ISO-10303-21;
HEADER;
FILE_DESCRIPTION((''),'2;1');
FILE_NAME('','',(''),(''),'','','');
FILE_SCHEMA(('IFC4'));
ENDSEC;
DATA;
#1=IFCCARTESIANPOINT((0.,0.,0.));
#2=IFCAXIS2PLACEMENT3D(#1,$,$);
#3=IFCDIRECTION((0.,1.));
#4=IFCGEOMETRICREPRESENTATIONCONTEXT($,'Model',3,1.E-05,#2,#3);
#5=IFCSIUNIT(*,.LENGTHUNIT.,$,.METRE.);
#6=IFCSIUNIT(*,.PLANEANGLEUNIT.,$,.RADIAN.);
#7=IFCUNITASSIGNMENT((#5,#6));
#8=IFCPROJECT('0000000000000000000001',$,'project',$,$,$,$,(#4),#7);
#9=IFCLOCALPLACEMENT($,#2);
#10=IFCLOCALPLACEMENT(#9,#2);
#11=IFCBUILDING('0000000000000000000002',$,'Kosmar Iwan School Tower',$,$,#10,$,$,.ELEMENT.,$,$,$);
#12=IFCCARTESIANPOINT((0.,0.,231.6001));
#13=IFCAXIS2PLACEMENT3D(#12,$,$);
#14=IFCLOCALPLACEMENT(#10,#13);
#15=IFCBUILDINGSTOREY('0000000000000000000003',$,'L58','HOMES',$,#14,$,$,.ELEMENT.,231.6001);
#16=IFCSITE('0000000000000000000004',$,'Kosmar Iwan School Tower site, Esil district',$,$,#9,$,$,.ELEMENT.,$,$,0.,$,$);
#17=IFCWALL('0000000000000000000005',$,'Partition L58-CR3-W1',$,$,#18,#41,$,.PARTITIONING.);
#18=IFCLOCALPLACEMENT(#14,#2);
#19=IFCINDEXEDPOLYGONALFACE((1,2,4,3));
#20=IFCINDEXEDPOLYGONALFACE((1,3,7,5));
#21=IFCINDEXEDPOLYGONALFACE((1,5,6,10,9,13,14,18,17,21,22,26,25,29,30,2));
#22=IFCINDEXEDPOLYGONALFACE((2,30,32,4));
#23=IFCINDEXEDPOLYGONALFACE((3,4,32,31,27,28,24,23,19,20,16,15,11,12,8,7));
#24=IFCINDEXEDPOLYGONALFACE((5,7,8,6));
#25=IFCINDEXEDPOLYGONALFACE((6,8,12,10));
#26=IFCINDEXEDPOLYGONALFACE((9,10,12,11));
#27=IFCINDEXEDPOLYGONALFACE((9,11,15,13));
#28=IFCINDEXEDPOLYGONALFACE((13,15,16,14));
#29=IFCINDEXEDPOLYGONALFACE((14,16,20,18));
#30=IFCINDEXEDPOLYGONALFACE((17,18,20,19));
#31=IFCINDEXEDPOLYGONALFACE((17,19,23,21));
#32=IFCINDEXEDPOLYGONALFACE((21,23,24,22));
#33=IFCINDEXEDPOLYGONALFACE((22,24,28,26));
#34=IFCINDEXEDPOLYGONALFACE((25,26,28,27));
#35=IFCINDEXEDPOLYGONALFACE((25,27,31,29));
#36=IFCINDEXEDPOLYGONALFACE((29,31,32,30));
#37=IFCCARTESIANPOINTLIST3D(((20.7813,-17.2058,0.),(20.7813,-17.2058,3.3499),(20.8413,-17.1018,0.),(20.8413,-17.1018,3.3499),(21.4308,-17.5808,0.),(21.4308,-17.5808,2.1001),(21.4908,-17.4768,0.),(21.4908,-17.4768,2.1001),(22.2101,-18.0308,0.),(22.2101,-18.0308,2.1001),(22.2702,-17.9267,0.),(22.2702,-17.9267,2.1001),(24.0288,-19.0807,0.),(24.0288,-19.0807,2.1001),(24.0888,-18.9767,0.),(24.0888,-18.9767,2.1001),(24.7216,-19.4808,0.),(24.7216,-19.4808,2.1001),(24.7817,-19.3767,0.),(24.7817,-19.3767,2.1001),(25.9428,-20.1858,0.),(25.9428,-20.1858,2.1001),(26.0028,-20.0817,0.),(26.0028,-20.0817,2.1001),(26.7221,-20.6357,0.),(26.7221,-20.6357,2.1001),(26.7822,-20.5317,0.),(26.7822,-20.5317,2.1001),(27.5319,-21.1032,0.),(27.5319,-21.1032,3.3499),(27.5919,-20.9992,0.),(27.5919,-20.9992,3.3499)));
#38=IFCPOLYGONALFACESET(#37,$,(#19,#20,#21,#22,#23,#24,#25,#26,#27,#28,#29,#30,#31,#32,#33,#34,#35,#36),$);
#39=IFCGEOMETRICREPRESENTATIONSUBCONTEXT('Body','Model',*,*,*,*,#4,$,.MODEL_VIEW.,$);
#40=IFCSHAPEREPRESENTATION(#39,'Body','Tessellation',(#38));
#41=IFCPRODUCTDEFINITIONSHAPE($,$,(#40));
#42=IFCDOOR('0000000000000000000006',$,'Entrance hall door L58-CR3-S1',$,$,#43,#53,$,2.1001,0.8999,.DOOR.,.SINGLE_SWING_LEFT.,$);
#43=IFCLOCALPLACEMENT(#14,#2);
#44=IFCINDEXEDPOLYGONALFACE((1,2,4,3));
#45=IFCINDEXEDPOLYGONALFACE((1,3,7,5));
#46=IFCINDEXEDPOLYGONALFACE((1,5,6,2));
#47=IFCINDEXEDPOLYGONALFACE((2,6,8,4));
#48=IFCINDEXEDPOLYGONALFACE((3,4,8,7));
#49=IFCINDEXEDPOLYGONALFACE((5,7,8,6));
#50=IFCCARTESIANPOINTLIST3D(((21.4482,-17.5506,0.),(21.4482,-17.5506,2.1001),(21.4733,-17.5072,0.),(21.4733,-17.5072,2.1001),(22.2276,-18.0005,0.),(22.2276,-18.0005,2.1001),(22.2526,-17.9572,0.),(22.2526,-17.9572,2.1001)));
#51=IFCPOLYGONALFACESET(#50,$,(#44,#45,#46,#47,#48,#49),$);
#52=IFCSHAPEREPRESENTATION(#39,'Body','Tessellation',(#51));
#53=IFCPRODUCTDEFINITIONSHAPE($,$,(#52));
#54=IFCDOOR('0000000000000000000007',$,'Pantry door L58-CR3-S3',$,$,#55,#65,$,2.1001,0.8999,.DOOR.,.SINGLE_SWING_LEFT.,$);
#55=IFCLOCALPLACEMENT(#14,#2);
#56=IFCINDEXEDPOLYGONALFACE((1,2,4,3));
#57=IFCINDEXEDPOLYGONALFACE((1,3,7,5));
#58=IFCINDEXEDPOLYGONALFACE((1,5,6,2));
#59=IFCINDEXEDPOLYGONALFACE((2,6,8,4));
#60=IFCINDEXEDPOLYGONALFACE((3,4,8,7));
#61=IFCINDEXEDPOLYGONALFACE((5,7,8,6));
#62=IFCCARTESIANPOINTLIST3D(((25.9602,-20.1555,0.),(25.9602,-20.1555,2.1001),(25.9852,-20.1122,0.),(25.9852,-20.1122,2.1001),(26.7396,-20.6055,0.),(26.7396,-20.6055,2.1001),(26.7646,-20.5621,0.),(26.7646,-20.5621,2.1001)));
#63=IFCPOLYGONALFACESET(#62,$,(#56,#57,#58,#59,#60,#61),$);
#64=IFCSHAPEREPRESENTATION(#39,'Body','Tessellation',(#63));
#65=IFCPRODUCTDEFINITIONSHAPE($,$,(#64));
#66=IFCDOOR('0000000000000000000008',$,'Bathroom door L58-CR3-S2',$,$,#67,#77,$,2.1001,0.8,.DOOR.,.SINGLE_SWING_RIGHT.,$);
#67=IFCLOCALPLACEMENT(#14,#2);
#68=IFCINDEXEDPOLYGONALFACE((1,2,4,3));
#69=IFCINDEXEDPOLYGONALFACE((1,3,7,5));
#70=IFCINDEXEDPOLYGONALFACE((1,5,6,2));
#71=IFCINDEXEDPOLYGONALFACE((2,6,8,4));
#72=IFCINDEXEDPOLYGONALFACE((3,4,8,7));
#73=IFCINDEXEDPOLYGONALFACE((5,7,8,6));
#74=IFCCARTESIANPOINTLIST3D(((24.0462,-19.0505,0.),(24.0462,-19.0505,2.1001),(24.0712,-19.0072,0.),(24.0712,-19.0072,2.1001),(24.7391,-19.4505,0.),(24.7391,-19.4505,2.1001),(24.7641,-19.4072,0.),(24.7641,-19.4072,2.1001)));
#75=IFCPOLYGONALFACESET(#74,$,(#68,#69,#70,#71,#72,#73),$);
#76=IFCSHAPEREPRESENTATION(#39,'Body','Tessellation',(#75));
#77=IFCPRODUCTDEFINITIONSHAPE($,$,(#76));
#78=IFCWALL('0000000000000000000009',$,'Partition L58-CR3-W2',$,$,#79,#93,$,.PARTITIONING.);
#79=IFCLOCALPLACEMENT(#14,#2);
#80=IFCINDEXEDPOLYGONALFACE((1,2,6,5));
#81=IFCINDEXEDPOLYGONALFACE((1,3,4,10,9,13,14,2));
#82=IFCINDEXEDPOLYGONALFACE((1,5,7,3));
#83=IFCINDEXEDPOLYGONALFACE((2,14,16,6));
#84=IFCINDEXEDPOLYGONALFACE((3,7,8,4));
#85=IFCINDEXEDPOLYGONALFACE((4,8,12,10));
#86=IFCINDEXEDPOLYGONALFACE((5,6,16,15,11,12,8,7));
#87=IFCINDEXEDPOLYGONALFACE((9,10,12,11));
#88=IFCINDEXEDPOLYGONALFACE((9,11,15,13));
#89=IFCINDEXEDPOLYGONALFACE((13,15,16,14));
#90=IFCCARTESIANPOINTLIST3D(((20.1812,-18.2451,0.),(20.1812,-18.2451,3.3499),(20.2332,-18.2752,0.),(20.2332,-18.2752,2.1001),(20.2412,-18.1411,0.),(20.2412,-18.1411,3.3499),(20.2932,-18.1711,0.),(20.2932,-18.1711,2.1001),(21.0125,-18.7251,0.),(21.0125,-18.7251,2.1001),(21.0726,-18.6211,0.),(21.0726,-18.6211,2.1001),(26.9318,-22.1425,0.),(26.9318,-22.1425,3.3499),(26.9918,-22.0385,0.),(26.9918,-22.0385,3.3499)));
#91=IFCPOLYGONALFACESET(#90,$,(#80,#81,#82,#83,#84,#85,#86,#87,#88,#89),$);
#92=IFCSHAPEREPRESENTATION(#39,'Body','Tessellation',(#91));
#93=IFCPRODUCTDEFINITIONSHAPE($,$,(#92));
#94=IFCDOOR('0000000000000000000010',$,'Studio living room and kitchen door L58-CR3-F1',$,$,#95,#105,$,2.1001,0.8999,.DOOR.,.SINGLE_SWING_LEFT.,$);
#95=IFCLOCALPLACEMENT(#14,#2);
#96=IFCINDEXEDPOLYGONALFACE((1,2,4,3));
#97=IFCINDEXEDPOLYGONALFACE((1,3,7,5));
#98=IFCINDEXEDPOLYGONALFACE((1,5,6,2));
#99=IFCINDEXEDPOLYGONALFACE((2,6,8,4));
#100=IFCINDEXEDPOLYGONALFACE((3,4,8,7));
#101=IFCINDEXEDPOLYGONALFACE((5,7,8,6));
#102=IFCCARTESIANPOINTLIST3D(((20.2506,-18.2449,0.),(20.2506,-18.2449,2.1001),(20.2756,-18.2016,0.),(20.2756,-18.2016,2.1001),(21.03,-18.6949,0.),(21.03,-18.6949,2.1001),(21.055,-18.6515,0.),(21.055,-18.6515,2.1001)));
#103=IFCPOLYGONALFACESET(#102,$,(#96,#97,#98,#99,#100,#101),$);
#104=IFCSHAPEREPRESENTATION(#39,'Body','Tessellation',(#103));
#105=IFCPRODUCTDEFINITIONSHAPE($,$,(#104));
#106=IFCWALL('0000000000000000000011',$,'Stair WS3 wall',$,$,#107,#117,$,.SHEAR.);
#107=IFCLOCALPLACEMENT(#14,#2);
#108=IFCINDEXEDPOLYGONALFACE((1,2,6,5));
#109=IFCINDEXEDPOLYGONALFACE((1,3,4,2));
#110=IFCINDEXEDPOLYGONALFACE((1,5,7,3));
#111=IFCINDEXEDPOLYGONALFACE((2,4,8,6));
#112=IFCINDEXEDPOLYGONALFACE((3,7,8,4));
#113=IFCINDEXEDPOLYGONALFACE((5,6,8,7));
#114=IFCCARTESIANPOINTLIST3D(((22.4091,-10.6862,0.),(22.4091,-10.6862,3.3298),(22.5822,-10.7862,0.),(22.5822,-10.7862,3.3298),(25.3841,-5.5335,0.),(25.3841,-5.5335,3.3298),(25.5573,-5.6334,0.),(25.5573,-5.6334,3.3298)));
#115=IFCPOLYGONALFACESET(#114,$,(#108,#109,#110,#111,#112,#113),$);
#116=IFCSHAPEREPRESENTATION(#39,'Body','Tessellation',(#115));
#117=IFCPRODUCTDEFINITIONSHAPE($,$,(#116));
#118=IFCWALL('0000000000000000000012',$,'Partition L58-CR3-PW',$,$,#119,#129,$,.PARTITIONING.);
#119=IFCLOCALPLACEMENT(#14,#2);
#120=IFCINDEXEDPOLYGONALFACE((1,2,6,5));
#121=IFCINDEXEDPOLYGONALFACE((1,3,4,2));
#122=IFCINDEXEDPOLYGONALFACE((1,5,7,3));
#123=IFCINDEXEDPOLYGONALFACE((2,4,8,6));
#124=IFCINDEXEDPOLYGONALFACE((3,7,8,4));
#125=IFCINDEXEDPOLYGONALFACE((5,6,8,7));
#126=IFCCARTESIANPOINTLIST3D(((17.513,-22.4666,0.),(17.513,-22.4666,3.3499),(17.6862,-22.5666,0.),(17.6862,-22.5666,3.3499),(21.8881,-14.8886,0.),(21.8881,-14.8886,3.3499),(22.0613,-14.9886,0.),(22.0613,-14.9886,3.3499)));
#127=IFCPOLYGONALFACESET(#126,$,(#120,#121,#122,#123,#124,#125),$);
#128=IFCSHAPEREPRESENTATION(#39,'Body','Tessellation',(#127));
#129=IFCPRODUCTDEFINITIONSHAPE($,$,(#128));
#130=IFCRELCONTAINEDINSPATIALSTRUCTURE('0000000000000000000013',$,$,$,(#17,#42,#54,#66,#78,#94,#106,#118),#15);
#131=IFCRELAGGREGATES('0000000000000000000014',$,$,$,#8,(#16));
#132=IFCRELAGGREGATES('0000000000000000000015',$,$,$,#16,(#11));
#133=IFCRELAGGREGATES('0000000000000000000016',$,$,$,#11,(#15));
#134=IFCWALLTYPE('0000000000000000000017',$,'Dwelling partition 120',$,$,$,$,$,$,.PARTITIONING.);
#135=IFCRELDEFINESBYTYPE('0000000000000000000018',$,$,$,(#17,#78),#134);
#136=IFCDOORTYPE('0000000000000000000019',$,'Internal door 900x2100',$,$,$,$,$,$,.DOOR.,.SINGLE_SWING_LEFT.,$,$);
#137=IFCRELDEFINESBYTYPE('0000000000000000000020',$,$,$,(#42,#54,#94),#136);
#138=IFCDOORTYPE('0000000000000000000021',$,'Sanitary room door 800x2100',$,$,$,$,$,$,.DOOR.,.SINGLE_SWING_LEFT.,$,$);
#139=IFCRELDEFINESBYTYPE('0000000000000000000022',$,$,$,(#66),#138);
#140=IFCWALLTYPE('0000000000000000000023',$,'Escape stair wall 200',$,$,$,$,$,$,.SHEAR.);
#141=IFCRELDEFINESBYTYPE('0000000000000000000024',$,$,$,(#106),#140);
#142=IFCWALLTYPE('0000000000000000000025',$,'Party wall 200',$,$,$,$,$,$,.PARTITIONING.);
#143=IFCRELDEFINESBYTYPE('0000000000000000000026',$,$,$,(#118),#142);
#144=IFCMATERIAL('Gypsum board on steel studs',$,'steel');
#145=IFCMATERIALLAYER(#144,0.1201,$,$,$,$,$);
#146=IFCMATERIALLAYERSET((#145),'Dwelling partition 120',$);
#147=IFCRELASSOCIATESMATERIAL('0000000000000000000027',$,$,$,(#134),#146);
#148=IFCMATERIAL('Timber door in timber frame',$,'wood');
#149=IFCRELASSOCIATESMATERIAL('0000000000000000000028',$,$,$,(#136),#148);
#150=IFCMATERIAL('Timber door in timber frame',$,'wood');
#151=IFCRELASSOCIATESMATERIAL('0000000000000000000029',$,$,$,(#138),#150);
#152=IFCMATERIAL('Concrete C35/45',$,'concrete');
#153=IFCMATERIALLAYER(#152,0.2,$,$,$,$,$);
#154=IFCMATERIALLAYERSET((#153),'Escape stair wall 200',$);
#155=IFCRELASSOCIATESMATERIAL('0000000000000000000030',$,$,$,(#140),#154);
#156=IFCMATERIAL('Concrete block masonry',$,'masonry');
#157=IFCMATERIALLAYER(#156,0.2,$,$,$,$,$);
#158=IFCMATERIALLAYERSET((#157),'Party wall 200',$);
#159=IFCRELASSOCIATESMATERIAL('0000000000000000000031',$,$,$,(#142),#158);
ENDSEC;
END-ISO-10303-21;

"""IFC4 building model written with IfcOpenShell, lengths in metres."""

from ifc_helpers import new_model, si_unit, direction, frame, frame_2d, origin, place, context, subcontext, project, spatial, rectangle, extrude, material, layer, layer_set, type_object, element, fill, save


model = new_model("IFC4")

# Units and contexts
model_context = context("Model", 3, precision=1e-05, world=origin(), true_north=direction((0.0, 1.0)))
body_context = subcontext(model_context, "Body", "Model", "MODEL_VIEW")
ifc_project = project(units=[si_unit("LENGTHUNIT", "METRE"), si_unit("PLANEANGLEUNIT", "RADIAN")], contexts=[model_context])

# Site, building, storey
site_placement = place(None, origin())
site = spatial("IfcSite", under=ifc_project, at=site_placement, Name="Kosmar Iwan School Tower site, Esil district", CompositionType="ELEMENT", RefElevation=0.0)
building_placement = place(site_placement, origin())
building = spatial("IfcBuilding", under=site, at=building_placement, Name="Kosmar Iwan School Tower", CompositionType="ELEMENT")
storey_placement = place(building_placement, frame((0.0, 0.0, 231.6001)))
storey = spatial("IfcBuildingStorey", under=building, at=storey_placement, Name="L58", Description="HOMES", CompositionType="ELEMENT", Elevation=231.6001)

# Shared definitions
ifc_material_1 = material(Name="Gypsum board on steel studs", Category="steel")
ifc_layer_1 = layer(ifc_material_1, 0.1201)
ifc_layer_set_1 = layer_set([ifc_layer_1], Name="Dwelling partition 120")
wall_type_1 = type_object("IfcWallType", Name="Dwelling partition 120", PredefinedType="PARTITIONING", material=ifc_layer_set_1)

# Wall, openings, doors
wall_1_placement = place(storey_placement, frame((20.8113, -17.1538, 0.0), z_axis=(0.0, 0.0, 1.0), x_axis=(0.86603, -0.499993, 0.0)))
wall_1 = element("IfcWall", 1, at=wall_1_placement, inside=storey, type_object=wall_type_1, Name="Partition L58-CR3-W1", PredefinedType="PARTITIONING", context=body_context, shape_type="SweptSolid", body=[
    extrude(rectangle(XDim=7.7949, YDim=0.1201, at=frame_2d((3.8975, 0.0))), origin(), (0.0, 0.0, 1.0), 3.3499),
])
opening_1_placement = place(wall_1_placement, frame((0.75, 0.0, 0.0)))
opening_1 = element("IfcOpeningElement", 2, at=opening_1_placement, cuts=wall_1, PredefinedType="OPENING", context=body_context, shape_type="SweptSolid", body=[
    extrude(rectangle(XDim=0.8999, YDim=2.1001, at=frame_2d((0.45, 1.05))), frame((0.0, 0.072, 0.0), z_axis=(0.0, -1.0, 0.0), x_axis=(1.0, 0.0, 0.0)), (0.0, 0.0, 1.0), 0.144),
])
opening_2_placement = place(wall_1_placement, frame((3.75, 0.0, 0.0)))
opening_2 = element("IfcOpeningElement", 3, at=opening_2_placement, cuts=wall_1, PredefinedType="OPENING", context=body_context, shape_type="SweptSolid", body=[
    extrude(rectangle(XDim=0.8, YDim=2.1001, at=frame_2d((0.3999, 1.05))), frame((0.0, 0.072, 0.0), z_axis=(0.0, -1.0, 0.0), x_axis=(1.0, 0.0, 0.0)), (0.0, 0.0, 1.0), 0.144),
])
opening_3_placement = place(wall_1_placement, frame((5.96, 0.0, 0.0)))
opening_3 = element("IfcOpeningElement", 4, at=opening_3_placement, cuts=wall_1, PredefinedType="OPENING", context=body_context, shape_type="SweptSolid", body=[
    extrude(rectangle(XDim=0.8999, YDim=2.1001, at=frame_2d((0.45, 1.05))), frame((0.0, 0.072, 0.0), z_axis=(0.0, -1.0, 0.0), x_axis=(1.0, 0.0, 0.0)), (0.0, 0.0, 1.0), 0.144),
])
ifc_material_2 = material(Name="Timber door in timber frame", Category="wood")
door_type_1 = type_object("IfcDoorType", Name="Internal door 900x2100", OperationType="SINGLE_SWING_LEFT", PredefinedType="DOOR", material=ifc_material_2)
door_1_placement = place(opening_1_placement, origin())
door_1 = element("IfcDoor", 5, at=door_1_placement, inside=storey, type_object=door_type_1, Name="Entrance hall door L58-CR3-S1", OperationType="SINGLE_SWING_LEFT", OverallHeight=2.1001, OverallWidth=0.8999, PredefinedType="DOOR", context=body_context, shape_type="SweptSolid", body=[
    extrude(rectangle(XDim=0.8999, YDim=2.1001, at=frame_2d((0.45, 1.05))), frame((0.0, 0.0249, 0.0), z_axis=(0.0, -1.0, 0.0), x_axis=(1.0, 0.0, 0.0)), (0.0, 0.0, 1.0), 0.05),
])
fill(opening_1, door_1)
door_2_placement = place(opening_3_placement, origin())
door_2 = element("IfcDoor", 6, at=door_2_placement, inside=storey, type_object=door_type_1, Name="Pantry door L58-CR3-S3", OperationType="SINGLE_SWING_LEFT", OverallHeight=2.1001, OverallWidth=0.8999, PredefinedType="DOOR", context=body_context, shape_type="SweptSolid", body=[
    extrude(rectangle(XDim=0.8999, YDim=2.1001, at=frame_2d((0.45, 1.05))), frame((0.0, 0.0249, 0.0), z_axis=(0.0, -1.0, 0.0), x_axis=(1.0, 0.0, 0.0)), (0.0, 0.0, 1.0), 0.05),
])
fill(opening_3, door_2)
ifc_material_3 = material(Name="Timber door in timber frame", Category="wood")
door_type_2 = type_object("IfcDoorType", Name="Sanitary room door 800x2100", OperationType="SINGLE_SWING_LEFT", PredefinedType="DOOR", material=ifc_material_3)
door_3_placement = place(opening_2_placement, origin())
door_3 = element("IfcDoor", 7, at=door_3_placement, inside=storey, type_object=door_type_2, Name="Bathroom door L58-CR3-S2", OperationType="SINGLE_SWING_RIGHT", OverallHeight=2.1001, OverallWidth=0.8, PredefinedType="DOOR", context=body_context, shape_type="SweptSolid", body=[
    extrude(rectangle(XDim=0.8, YDim=2.1001, at=frame_2d((0.3999, 1.05))), frame((0.0, 0.0249, 0.0), z_axis=(0.0, -1.0, 0.0), x_axis=(1.0, 0.0, 0.0)), (0.0, 0.0, 1.0), 0.05),
])
fill(opening_2, door_3)

# Wall, opening, door
wall_2_placement = place(storey_placement, frame((20.2112, -18.1931, 0.0), z_axis=(0.0, 0.0, 1.0), x_axis=(0.86603, -0.499993, 0.0)))
wall_2 = element("IfcWall", 8, at=wall_2_placement, inside=storey, type_object=wall_type_1, Name="Partition L58-CR3-W2", PredefinedType="PARTITIONING", context=body_context, shape_type="SweptSolid", body=[
    extrude(rectangle(XDim=7.7949, YDim=0.1201, at=frame_2d((3.8975, 0.0))), origin(), (0.0, 0.0, 1.0), 3.3499),
])
opening_4_placement = place(wall_2_placement, frame((0.0601, 0.0, 0.0)))
opening_4 = element("IfcOpeningElement", 9, at=opening_4_placement, cuts=wall_2, PredefinedType="OPENING", context=body_context, shape_type="SweptSolid", body=[
    extrude(rectangle(XDim=0.8999, YDim=2.1001, at=frame_2d((0.45, 1.05))), frame((0.0, 0.072, 0.0), z_axis=(0.0, -1.0, 0.0), x_axis=(1.0, 0.0, 0.0)), (0.0, 0.0, 1.0), 0.144),
])
door_4_placement = place(opening_4_placement, origin())
door_4 = element("IfcDoor", 10, at=door_4_placement, inside=storey, type_object=door_type_1, Name="Studio living room and kitchen door L58-CR3-F1", OperationType="SINGLE_SWING_LEFT", OverallHeight=2.1001, OverallWidth=0.8999, PredefinedType="DOOR", context=body_context, shape_type="SweptSolid", body=[
    extrude(rectangle(XDim=0.8999, YDim=2.1001, at=frame_2d((0.45, 1.05))), frame((0.0, 0.0249, 0.0), z_axis=(0.0, -1.0, 0.0), x_axis=(1.0, 0.0, 0.0)), (0.0, 0.0, 1.0), 0.05),
])
fill(opening_4, door_4)

# Walls
ifc_material_4 = material(Name="Concrete C35/45", Category="concrete")
ifc_layer_2 = layer(ifc_material_4, 0.2)
ifc_layer_set_2 = layer_set([ifc_layer_2], Name="Escape stair wall 200")
wall_type_2 = type_object("IfcWallType", Name="Escape stair wall 200", PredefinedType="SHEAR", material=ifc_layer_set_2)
wall_3_placement = place(storey_placement, frame((22.4956, -10.7363, 0.0), z_axis=(0.0, 0.0, 1.0), x_axis=(0.500014, 0.866017, 0.0)))
element("IfcWall", 11, at=wall_3_placement, inside=storey, type_object=wall_type_2, Name="Stair WS3 wall", PredefinedType="SHEAR", context=body_context, shape_type="SweptSolid", body=[
    extrude(rectangle(XDim=5.95, YDim=0.2, at=frame_2d((2.9751, 0.0))), origin(), (0.0, 0.0, 1.0), 3.3298),
])
ifc_material_5 = material(Name="Concrete block masonry", Category="masonry")
ifc_layer_3 = layer(ifc_material_5, 0.2)
ifc_layer_set_3 = layer_set([ifc_layer_3], Name="Party wall 200")
wall_type_3 = type_object("IfcWallType", Name="Party wall 200", PredefinedType="PARTITIONING", material=ifc_layer_set_3)
wall_4_placement = place(storey_placement, frame((21.9746, -14.9387, 0.0), z_axis=(0.0, 0.0, 1.0), x_axis=(-0.499992, -0.86603, 0.0)))
element("IfcWall", 12, at=wall_4_placement, inside=storey, type_object=wall_type_3, Name="Partition L58-CR3-PW", PredefinedType="PARTITIONING", context=body_context, shape_type="SweptSolid", body=[
    extrude(rectangle(XDim=8.7502, YDim=0.2, at=frame_2d((4.375, 0.0))), origin(), (0.0, 0.0, 1.0), 3.3499),
])

save(model, "model.ifc")
